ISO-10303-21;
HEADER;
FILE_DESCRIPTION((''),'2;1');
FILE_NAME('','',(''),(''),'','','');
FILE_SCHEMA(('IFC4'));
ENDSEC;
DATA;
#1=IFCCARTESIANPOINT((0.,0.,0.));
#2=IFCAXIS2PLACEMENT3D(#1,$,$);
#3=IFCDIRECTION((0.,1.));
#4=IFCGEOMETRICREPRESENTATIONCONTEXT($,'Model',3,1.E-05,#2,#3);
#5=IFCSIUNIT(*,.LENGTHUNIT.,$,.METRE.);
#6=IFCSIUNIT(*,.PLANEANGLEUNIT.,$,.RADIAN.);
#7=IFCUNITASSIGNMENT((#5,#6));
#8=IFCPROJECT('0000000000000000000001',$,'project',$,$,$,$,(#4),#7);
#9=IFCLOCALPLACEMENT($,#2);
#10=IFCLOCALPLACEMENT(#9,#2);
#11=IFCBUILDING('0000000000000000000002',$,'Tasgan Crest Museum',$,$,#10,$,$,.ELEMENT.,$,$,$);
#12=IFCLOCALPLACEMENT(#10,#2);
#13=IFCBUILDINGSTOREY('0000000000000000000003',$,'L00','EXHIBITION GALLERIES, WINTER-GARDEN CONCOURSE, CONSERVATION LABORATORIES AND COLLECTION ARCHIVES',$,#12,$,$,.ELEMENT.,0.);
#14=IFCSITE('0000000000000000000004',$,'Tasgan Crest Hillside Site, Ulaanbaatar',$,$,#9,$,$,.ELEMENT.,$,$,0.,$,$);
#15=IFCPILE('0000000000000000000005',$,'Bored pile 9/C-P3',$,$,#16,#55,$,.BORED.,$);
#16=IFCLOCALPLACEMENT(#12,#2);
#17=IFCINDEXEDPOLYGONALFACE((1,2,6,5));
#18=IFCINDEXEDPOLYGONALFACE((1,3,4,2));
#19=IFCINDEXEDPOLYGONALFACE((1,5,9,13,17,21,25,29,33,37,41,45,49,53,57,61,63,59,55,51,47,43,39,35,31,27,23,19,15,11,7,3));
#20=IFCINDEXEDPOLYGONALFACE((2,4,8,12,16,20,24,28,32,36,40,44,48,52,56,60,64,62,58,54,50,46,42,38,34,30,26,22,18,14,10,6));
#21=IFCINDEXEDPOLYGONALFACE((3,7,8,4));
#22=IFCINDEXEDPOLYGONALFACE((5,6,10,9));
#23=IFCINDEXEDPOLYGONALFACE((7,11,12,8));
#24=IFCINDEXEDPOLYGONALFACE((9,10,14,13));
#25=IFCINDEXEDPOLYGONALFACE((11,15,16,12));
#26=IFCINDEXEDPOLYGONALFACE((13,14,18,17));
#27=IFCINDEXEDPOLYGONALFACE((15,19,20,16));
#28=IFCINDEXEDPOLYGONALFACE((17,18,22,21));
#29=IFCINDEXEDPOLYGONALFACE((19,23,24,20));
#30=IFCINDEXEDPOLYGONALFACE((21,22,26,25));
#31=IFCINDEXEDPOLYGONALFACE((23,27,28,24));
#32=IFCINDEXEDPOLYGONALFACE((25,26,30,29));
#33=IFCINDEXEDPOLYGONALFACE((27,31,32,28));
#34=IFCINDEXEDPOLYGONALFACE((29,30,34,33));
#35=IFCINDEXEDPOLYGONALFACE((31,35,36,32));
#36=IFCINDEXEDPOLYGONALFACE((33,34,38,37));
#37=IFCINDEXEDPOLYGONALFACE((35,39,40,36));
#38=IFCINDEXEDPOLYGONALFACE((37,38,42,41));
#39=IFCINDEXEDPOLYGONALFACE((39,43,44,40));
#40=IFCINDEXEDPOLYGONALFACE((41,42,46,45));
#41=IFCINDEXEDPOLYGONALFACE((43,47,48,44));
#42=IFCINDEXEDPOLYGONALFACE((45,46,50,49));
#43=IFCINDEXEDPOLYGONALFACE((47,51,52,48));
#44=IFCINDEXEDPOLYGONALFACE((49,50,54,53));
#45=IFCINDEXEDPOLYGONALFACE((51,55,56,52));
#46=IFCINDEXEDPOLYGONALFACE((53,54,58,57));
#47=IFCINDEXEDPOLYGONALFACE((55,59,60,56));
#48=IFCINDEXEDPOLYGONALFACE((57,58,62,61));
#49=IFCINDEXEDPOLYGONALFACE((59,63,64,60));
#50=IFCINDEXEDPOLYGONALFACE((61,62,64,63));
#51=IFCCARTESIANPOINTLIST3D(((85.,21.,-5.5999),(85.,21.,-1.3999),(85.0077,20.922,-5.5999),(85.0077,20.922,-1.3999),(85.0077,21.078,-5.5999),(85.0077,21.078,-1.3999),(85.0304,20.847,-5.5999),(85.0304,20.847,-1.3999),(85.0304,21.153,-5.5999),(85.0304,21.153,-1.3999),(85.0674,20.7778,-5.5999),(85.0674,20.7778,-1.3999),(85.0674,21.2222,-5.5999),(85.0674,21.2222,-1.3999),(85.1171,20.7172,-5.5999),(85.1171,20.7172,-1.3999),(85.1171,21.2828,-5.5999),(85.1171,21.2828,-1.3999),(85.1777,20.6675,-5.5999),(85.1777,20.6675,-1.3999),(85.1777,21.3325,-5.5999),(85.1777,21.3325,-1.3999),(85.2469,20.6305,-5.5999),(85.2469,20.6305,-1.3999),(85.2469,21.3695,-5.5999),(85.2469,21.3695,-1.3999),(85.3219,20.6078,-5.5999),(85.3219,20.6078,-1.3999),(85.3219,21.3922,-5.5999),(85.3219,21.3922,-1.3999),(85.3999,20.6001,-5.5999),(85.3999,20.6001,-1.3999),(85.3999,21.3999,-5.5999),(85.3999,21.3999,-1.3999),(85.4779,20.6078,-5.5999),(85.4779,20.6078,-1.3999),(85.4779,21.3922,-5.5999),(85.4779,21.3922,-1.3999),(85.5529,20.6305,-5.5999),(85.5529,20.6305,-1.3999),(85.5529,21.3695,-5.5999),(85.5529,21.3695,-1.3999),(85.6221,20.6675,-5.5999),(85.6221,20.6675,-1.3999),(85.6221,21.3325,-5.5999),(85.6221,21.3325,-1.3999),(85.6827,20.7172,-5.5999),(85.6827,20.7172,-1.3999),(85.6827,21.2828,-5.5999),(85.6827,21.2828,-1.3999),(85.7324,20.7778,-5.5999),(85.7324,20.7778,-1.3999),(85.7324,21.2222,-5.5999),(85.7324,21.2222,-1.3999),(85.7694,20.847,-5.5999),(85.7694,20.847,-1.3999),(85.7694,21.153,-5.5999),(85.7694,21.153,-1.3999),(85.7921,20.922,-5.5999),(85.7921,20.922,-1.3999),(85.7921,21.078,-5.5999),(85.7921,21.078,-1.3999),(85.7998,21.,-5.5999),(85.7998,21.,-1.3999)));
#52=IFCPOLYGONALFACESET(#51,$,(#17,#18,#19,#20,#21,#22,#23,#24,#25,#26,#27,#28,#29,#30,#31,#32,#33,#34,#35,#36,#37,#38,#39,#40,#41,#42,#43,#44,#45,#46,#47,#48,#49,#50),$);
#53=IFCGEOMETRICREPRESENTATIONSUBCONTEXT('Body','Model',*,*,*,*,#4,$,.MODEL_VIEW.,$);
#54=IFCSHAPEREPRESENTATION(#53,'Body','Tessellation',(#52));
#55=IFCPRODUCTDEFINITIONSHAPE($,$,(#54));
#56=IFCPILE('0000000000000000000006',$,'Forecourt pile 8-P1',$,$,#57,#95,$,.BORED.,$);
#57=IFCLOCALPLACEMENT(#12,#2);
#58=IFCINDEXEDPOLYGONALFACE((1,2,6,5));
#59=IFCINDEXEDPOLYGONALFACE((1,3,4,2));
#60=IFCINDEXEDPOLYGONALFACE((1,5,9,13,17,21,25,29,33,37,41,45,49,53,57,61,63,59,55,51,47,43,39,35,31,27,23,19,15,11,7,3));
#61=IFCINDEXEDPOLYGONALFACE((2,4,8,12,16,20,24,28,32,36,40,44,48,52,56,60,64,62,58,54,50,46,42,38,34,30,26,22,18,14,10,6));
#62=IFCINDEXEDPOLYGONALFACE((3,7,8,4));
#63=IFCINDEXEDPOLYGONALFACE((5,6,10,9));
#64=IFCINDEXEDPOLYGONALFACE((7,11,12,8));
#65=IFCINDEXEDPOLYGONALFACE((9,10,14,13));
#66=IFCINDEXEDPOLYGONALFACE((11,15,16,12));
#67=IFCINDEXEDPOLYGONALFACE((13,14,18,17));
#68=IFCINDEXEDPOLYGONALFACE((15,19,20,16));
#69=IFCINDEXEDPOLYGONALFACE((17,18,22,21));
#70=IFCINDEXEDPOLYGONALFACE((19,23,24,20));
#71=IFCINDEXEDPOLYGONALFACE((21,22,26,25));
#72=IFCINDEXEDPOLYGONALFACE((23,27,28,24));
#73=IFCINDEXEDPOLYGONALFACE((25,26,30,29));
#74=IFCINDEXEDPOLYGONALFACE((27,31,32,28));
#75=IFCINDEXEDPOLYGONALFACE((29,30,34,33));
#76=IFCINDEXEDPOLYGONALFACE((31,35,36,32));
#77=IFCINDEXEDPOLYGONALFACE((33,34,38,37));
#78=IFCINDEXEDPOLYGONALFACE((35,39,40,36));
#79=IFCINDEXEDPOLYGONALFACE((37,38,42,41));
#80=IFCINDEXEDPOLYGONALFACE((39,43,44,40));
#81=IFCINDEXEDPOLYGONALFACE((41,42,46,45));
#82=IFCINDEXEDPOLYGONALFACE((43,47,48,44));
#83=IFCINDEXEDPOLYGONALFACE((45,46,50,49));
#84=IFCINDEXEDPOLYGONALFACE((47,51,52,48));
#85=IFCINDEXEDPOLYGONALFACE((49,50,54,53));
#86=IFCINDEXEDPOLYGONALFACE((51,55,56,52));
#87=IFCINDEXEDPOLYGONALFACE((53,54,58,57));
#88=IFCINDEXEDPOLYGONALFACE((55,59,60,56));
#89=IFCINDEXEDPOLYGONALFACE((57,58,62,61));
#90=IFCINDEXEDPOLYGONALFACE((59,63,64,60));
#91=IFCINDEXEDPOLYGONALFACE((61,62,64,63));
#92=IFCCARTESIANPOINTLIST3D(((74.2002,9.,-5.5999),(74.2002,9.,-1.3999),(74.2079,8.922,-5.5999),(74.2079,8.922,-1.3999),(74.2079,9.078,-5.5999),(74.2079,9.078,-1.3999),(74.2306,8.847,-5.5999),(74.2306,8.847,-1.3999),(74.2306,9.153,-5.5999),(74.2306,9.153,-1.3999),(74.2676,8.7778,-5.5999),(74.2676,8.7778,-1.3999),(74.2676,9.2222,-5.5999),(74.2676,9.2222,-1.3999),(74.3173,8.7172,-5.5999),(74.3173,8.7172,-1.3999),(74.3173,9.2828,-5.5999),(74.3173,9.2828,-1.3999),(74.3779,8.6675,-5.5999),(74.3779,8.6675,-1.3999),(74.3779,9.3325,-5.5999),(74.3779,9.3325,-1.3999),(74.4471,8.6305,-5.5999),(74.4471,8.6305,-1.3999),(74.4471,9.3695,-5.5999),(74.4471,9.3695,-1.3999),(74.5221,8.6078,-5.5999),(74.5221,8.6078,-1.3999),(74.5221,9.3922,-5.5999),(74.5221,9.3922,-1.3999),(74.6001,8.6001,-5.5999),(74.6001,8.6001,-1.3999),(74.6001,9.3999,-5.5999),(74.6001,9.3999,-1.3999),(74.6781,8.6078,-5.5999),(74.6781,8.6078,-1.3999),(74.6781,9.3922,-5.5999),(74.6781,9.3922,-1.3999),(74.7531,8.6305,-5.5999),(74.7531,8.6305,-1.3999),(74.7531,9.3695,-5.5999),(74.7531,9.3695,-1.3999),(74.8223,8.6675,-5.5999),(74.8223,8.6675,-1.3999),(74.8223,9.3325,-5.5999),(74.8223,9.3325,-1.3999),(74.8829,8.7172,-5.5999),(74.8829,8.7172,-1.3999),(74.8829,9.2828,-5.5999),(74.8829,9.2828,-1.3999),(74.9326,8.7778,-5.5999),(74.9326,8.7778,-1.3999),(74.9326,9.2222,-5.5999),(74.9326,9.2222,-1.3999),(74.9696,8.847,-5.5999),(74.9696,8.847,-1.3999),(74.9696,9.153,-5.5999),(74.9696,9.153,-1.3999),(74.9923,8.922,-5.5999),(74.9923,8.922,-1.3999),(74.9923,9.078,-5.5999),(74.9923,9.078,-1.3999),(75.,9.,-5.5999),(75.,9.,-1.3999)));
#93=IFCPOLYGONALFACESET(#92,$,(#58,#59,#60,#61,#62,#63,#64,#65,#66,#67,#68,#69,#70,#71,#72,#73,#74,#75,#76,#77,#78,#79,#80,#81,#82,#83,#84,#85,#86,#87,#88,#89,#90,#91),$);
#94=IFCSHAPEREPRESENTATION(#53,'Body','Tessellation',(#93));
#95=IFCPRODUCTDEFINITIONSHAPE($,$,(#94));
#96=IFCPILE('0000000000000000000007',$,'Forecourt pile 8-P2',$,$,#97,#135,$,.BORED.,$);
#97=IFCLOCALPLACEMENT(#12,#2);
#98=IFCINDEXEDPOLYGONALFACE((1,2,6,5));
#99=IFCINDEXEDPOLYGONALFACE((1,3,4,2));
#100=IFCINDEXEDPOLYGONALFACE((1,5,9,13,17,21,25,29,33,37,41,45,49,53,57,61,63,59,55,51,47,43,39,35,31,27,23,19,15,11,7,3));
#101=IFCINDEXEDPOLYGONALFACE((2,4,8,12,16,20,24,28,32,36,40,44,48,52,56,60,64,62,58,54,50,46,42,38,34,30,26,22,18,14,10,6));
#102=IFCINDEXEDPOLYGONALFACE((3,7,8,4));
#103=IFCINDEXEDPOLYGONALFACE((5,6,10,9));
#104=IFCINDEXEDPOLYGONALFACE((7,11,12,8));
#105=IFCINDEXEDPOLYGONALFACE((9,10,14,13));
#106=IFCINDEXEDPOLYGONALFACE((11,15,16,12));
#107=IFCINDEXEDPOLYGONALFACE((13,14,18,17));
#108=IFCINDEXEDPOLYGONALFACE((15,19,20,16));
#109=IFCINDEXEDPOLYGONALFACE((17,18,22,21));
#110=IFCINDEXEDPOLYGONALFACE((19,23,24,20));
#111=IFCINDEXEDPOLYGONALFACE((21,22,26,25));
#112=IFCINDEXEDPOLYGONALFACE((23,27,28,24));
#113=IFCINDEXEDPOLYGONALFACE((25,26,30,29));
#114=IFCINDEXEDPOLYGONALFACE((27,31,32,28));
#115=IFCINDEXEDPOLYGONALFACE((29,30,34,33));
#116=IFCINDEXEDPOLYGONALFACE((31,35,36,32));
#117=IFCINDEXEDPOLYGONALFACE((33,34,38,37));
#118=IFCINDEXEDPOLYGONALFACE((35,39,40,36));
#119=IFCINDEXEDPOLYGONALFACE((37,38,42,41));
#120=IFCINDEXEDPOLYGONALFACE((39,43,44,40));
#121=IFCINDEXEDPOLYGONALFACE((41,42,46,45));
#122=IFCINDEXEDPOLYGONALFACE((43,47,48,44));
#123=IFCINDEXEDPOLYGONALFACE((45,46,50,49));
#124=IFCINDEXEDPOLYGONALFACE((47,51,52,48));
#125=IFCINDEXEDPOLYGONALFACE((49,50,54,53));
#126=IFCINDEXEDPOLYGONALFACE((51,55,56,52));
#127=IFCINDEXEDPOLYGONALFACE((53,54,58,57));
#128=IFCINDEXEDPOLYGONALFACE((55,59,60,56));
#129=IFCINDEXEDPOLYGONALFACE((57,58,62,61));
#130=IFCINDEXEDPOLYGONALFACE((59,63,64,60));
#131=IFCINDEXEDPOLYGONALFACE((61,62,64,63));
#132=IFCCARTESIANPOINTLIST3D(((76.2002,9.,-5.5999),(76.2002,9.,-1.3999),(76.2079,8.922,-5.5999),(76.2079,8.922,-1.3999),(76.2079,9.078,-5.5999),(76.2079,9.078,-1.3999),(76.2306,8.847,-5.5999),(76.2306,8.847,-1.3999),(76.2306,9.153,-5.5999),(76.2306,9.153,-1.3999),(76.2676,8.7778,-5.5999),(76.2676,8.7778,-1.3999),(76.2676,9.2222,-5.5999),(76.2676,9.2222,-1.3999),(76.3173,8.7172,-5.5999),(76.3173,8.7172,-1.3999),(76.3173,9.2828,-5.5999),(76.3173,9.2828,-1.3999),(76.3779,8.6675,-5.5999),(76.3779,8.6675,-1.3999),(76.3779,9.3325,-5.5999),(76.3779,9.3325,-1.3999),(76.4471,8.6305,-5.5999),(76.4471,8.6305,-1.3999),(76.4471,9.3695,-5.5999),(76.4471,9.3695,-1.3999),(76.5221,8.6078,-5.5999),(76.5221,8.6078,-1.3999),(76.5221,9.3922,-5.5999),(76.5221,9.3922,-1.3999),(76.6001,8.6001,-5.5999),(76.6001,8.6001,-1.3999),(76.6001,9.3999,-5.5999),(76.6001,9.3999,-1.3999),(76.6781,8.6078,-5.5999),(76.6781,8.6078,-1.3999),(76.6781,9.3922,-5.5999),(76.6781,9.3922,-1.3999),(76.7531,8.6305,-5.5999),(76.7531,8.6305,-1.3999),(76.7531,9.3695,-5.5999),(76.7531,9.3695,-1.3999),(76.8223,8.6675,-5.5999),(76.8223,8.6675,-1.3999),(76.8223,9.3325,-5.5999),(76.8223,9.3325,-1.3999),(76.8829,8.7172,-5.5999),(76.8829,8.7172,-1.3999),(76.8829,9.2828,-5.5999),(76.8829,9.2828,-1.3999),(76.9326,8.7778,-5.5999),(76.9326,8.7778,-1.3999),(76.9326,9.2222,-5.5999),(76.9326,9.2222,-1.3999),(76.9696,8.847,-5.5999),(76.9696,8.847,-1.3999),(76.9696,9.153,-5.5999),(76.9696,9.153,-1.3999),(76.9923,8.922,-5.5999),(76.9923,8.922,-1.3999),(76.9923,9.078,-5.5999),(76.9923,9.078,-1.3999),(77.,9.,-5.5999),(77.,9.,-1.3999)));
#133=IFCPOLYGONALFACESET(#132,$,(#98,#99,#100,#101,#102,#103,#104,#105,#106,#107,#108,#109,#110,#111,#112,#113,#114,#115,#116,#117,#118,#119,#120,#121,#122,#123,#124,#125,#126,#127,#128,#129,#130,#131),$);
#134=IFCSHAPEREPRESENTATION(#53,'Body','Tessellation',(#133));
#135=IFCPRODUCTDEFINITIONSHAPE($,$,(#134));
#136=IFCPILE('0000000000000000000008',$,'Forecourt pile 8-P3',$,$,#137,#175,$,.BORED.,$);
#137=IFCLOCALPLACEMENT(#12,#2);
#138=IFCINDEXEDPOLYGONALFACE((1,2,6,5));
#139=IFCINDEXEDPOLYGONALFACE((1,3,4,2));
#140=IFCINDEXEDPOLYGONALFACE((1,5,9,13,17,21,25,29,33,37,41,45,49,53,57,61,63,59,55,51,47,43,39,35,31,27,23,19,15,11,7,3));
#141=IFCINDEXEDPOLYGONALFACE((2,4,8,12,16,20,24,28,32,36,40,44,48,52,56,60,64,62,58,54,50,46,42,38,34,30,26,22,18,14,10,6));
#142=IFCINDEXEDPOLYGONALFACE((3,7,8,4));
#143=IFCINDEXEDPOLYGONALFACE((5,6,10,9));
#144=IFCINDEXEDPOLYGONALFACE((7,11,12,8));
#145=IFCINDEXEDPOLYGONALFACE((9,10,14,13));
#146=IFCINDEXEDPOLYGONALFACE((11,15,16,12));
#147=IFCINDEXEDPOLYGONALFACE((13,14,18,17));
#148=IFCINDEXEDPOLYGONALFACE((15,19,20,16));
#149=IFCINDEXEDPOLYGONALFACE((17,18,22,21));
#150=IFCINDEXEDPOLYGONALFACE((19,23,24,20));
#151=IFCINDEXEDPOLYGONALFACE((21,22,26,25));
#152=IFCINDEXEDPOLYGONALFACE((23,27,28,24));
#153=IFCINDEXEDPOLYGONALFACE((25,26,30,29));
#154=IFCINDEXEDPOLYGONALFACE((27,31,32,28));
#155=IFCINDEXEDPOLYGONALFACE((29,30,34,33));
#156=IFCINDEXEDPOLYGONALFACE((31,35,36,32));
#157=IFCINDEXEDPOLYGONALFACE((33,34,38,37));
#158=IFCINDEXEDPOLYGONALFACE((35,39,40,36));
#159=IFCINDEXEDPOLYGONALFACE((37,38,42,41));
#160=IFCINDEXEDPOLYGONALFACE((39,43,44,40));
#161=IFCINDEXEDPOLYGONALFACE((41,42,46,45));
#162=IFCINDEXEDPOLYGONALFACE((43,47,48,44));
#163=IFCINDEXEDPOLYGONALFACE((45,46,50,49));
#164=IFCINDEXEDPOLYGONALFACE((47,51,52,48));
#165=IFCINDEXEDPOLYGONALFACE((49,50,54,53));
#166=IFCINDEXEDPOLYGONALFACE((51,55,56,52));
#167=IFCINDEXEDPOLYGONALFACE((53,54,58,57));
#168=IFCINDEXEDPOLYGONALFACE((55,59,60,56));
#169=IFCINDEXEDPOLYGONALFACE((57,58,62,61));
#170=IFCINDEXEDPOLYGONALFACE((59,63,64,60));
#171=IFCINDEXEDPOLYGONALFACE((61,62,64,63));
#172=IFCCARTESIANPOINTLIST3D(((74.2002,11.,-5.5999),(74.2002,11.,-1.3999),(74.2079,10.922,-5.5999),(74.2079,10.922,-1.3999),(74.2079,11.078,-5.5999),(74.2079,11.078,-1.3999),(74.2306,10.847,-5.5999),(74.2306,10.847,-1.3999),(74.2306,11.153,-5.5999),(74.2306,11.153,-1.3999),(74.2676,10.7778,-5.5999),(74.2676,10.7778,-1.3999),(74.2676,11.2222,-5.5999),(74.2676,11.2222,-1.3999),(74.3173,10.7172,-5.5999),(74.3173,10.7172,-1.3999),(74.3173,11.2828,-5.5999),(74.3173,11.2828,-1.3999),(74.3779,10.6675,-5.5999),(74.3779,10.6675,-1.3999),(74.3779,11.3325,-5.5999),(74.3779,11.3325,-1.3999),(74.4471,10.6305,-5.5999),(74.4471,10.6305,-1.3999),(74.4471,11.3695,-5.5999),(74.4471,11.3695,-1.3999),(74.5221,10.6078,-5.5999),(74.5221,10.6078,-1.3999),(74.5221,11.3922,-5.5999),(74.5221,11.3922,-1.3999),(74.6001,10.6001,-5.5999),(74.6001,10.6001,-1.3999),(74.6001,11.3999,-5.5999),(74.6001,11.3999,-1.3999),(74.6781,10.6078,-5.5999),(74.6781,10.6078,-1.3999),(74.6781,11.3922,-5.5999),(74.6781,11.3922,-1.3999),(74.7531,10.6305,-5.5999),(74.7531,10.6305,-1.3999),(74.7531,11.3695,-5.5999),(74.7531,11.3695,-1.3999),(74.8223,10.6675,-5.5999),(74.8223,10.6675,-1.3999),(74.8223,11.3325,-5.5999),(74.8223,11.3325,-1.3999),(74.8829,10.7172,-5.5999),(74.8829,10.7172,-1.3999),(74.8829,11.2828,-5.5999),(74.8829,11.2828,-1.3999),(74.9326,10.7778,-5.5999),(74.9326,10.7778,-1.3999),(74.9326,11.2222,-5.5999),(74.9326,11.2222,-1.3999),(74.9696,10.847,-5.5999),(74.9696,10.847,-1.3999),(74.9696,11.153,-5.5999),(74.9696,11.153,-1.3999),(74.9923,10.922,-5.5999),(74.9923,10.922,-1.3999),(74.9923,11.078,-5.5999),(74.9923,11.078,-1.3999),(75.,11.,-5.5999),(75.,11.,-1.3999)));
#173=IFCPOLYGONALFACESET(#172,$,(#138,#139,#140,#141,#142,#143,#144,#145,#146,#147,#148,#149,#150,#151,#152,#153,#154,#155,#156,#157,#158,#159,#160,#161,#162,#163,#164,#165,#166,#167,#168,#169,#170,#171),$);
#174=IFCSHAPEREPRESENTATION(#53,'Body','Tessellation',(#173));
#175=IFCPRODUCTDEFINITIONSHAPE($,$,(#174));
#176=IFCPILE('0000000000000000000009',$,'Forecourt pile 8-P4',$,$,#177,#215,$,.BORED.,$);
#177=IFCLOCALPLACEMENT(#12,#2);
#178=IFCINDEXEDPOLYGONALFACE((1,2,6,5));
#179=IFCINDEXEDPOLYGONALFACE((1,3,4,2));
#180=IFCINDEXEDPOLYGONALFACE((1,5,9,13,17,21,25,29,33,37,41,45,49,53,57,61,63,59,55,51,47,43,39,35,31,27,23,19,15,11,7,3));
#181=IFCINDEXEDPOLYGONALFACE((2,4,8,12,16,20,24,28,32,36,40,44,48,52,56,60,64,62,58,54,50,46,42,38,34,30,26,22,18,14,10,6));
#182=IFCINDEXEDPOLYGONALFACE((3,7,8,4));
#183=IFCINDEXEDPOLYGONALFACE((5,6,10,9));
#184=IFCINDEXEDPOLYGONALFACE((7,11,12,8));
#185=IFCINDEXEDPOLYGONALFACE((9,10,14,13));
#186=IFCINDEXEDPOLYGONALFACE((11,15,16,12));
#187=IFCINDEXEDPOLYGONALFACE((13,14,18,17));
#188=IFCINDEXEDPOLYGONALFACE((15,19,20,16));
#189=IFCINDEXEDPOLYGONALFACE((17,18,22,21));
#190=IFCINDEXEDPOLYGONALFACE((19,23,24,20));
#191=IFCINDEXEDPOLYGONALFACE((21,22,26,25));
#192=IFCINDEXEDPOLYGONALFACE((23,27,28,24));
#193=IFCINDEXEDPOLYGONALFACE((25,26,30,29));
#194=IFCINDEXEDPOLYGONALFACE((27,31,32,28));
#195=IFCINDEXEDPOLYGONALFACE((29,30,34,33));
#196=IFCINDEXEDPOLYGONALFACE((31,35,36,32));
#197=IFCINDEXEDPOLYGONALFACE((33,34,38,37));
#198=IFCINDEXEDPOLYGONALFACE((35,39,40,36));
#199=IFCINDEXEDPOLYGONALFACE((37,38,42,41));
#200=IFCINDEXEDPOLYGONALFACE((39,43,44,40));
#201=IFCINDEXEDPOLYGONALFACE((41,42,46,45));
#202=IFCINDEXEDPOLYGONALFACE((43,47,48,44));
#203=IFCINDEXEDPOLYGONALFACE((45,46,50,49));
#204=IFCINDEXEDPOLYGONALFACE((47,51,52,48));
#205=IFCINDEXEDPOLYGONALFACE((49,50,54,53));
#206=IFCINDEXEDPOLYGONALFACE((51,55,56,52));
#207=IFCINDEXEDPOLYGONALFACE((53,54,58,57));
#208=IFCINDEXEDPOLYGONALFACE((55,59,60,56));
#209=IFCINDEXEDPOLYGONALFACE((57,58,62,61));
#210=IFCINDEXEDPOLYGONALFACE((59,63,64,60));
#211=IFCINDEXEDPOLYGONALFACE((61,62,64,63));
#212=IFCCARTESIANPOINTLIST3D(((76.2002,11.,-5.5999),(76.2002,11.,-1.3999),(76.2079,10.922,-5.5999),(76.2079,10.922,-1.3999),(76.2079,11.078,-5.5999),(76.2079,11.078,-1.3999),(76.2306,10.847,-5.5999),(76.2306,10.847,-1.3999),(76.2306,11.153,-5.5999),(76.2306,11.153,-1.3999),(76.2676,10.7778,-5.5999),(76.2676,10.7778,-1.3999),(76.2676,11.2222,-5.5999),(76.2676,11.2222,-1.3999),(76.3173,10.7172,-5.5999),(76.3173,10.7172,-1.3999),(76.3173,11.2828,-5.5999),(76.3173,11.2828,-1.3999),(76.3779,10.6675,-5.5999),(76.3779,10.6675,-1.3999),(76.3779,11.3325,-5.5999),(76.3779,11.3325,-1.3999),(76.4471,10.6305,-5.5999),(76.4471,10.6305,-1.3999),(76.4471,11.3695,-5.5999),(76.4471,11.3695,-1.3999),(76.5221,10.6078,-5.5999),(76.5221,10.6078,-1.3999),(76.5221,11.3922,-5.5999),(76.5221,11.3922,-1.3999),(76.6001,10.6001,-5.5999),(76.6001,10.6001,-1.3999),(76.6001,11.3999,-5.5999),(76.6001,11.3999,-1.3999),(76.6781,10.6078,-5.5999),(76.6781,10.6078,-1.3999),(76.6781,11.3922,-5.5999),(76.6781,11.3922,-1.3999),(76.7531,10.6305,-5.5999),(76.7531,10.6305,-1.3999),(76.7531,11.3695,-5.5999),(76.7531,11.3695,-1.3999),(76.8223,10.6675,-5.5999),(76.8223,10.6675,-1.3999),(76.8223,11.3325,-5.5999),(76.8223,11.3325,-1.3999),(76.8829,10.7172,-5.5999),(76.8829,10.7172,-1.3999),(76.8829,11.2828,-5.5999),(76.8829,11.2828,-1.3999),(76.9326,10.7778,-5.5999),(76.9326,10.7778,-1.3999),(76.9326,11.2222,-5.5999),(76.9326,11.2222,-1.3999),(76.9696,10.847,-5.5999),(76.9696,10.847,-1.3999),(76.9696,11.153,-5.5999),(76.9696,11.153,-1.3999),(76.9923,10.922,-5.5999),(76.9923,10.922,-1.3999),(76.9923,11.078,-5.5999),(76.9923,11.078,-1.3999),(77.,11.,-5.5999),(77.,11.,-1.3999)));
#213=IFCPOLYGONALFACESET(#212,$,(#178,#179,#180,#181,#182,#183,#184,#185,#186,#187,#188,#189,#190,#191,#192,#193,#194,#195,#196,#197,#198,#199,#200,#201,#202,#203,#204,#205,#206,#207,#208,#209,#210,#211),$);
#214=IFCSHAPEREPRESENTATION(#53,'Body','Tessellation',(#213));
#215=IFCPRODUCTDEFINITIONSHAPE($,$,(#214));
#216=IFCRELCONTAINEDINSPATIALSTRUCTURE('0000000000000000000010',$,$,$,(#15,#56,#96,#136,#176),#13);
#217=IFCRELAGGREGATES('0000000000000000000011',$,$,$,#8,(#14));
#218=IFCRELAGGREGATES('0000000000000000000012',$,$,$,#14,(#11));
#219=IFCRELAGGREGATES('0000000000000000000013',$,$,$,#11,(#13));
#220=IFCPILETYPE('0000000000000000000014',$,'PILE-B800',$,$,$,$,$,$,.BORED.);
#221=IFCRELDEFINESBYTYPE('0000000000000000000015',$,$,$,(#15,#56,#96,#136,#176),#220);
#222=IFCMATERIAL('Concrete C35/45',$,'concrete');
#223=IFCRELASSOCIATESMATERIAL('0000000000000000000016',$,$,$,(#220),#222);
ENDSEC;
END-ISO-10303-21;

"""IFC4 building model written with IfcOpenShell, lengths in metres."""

from ifc_helpers import new_model, si_unit, direction, frame, origin, origin_2d, place, context, subcontext, project, spatial, circle, extrude, material, material_profile, profile_set, type_object, element, save


model = new_model("IFC4")

# Units and contexts
model_context = context("Model", 3, precision=1e-05, world=origin(), true_north=direction((0.0, 1.0)))
body_context = subcontext(model_context, "Body", "Model", "MODEL_VIEW")
ifc_project = project(units=[si_unit("LENGTHUNIT", "METRE"), si_unit("PLANEANGLEUNIT", "RADIAN")], contexts=[model_context])

# Site, building, storey
site_placement = place(None, origin())
site = spatial("IfcSite", under=ifc_project, at=site_placement, Name="Tasgan Crest Hillside Site, Ulaanbaatar", CompositionType="ELEMENT", RefElevation=0.0)
building_placement = place(site_placement, origin())
building = spatial("IfcBuilding", under=site, at=building_placement, Name="Tasgan Crest Museum", CompositionType="ELEMENT")
storey_placement = place(building_placement, origin())
storey = spatial("IfcBuildingStorey", under=building, at=storey_placement, Name="L00", Description="EXHIBITION GALLERIES, WINTER-GARDEN CONCOURSE, CONSERVATION LABORATORIES AND COLLECTION ARCHIVES", CompositionType="ELEMENT", Elevation=0.0)

# Piles
ifc_material_1 = material(Name="Concrete C35/45", Category="concrete")
ifc_material_profile_1 = material_profile(ifc_material_1, circle(Radius=0.3999, at=origin_2d()), Name="PILE D800")
ifc_profile_set_1 = profile_set([ifc_material_profile_1], Name="Concrete C35/45")
pile_type_1 = type_object("IfcPileType", Name="PILE-B800", PredefinedType="BORED", material=ifc_profile_set_1)
for number, where, z_axis, x_axis, name in (
    (1, (85.3999, 21.0, -1.3999), (0.0, 0.0, -1.0), (1.0, 0.0, 0.0), "Bored pile 9/C-P3"),
    (2, (74.6001, 9.0, -1.3999), (0.0, 0.0, -1.0), (1.0, 0.0, 0.0), "Forecourt pile 8-P1"),
    (3, (76.6001, 9.0, -1.3999), (0.0, 0.0, -1.0), (1.0, 0.0, 0.0), "Forecourt pile 8-P2"),
    (4, (74.6001, 11.0, -1.3999), (0.0, 0.0, -1.0), (1.0, 0.0, 0.0), "Forecourt pile 8-P3"),
    (5, (76.6001, 11.0, -1.3999), (0.0, 0.0, -1.0), (1.0, 0.0, 0.0), "Forecourt pile 8-P4"),
):
    element("IfcPile", number, at=place(storey_placement, frame(where, z_axis=z_axis, x_axis=x_axis)), inside=storey, type_object=pile_type_1, Name=name, PredefinedType="BORED", context=body_context, shape_type="SweptSolid", body=[
        extrude(circle(Radius=0.3999, at=origin_2d()), origin(), (0.0, 0.0, 1.0), 4.2),
    ])

save(model, "model.ifc")
